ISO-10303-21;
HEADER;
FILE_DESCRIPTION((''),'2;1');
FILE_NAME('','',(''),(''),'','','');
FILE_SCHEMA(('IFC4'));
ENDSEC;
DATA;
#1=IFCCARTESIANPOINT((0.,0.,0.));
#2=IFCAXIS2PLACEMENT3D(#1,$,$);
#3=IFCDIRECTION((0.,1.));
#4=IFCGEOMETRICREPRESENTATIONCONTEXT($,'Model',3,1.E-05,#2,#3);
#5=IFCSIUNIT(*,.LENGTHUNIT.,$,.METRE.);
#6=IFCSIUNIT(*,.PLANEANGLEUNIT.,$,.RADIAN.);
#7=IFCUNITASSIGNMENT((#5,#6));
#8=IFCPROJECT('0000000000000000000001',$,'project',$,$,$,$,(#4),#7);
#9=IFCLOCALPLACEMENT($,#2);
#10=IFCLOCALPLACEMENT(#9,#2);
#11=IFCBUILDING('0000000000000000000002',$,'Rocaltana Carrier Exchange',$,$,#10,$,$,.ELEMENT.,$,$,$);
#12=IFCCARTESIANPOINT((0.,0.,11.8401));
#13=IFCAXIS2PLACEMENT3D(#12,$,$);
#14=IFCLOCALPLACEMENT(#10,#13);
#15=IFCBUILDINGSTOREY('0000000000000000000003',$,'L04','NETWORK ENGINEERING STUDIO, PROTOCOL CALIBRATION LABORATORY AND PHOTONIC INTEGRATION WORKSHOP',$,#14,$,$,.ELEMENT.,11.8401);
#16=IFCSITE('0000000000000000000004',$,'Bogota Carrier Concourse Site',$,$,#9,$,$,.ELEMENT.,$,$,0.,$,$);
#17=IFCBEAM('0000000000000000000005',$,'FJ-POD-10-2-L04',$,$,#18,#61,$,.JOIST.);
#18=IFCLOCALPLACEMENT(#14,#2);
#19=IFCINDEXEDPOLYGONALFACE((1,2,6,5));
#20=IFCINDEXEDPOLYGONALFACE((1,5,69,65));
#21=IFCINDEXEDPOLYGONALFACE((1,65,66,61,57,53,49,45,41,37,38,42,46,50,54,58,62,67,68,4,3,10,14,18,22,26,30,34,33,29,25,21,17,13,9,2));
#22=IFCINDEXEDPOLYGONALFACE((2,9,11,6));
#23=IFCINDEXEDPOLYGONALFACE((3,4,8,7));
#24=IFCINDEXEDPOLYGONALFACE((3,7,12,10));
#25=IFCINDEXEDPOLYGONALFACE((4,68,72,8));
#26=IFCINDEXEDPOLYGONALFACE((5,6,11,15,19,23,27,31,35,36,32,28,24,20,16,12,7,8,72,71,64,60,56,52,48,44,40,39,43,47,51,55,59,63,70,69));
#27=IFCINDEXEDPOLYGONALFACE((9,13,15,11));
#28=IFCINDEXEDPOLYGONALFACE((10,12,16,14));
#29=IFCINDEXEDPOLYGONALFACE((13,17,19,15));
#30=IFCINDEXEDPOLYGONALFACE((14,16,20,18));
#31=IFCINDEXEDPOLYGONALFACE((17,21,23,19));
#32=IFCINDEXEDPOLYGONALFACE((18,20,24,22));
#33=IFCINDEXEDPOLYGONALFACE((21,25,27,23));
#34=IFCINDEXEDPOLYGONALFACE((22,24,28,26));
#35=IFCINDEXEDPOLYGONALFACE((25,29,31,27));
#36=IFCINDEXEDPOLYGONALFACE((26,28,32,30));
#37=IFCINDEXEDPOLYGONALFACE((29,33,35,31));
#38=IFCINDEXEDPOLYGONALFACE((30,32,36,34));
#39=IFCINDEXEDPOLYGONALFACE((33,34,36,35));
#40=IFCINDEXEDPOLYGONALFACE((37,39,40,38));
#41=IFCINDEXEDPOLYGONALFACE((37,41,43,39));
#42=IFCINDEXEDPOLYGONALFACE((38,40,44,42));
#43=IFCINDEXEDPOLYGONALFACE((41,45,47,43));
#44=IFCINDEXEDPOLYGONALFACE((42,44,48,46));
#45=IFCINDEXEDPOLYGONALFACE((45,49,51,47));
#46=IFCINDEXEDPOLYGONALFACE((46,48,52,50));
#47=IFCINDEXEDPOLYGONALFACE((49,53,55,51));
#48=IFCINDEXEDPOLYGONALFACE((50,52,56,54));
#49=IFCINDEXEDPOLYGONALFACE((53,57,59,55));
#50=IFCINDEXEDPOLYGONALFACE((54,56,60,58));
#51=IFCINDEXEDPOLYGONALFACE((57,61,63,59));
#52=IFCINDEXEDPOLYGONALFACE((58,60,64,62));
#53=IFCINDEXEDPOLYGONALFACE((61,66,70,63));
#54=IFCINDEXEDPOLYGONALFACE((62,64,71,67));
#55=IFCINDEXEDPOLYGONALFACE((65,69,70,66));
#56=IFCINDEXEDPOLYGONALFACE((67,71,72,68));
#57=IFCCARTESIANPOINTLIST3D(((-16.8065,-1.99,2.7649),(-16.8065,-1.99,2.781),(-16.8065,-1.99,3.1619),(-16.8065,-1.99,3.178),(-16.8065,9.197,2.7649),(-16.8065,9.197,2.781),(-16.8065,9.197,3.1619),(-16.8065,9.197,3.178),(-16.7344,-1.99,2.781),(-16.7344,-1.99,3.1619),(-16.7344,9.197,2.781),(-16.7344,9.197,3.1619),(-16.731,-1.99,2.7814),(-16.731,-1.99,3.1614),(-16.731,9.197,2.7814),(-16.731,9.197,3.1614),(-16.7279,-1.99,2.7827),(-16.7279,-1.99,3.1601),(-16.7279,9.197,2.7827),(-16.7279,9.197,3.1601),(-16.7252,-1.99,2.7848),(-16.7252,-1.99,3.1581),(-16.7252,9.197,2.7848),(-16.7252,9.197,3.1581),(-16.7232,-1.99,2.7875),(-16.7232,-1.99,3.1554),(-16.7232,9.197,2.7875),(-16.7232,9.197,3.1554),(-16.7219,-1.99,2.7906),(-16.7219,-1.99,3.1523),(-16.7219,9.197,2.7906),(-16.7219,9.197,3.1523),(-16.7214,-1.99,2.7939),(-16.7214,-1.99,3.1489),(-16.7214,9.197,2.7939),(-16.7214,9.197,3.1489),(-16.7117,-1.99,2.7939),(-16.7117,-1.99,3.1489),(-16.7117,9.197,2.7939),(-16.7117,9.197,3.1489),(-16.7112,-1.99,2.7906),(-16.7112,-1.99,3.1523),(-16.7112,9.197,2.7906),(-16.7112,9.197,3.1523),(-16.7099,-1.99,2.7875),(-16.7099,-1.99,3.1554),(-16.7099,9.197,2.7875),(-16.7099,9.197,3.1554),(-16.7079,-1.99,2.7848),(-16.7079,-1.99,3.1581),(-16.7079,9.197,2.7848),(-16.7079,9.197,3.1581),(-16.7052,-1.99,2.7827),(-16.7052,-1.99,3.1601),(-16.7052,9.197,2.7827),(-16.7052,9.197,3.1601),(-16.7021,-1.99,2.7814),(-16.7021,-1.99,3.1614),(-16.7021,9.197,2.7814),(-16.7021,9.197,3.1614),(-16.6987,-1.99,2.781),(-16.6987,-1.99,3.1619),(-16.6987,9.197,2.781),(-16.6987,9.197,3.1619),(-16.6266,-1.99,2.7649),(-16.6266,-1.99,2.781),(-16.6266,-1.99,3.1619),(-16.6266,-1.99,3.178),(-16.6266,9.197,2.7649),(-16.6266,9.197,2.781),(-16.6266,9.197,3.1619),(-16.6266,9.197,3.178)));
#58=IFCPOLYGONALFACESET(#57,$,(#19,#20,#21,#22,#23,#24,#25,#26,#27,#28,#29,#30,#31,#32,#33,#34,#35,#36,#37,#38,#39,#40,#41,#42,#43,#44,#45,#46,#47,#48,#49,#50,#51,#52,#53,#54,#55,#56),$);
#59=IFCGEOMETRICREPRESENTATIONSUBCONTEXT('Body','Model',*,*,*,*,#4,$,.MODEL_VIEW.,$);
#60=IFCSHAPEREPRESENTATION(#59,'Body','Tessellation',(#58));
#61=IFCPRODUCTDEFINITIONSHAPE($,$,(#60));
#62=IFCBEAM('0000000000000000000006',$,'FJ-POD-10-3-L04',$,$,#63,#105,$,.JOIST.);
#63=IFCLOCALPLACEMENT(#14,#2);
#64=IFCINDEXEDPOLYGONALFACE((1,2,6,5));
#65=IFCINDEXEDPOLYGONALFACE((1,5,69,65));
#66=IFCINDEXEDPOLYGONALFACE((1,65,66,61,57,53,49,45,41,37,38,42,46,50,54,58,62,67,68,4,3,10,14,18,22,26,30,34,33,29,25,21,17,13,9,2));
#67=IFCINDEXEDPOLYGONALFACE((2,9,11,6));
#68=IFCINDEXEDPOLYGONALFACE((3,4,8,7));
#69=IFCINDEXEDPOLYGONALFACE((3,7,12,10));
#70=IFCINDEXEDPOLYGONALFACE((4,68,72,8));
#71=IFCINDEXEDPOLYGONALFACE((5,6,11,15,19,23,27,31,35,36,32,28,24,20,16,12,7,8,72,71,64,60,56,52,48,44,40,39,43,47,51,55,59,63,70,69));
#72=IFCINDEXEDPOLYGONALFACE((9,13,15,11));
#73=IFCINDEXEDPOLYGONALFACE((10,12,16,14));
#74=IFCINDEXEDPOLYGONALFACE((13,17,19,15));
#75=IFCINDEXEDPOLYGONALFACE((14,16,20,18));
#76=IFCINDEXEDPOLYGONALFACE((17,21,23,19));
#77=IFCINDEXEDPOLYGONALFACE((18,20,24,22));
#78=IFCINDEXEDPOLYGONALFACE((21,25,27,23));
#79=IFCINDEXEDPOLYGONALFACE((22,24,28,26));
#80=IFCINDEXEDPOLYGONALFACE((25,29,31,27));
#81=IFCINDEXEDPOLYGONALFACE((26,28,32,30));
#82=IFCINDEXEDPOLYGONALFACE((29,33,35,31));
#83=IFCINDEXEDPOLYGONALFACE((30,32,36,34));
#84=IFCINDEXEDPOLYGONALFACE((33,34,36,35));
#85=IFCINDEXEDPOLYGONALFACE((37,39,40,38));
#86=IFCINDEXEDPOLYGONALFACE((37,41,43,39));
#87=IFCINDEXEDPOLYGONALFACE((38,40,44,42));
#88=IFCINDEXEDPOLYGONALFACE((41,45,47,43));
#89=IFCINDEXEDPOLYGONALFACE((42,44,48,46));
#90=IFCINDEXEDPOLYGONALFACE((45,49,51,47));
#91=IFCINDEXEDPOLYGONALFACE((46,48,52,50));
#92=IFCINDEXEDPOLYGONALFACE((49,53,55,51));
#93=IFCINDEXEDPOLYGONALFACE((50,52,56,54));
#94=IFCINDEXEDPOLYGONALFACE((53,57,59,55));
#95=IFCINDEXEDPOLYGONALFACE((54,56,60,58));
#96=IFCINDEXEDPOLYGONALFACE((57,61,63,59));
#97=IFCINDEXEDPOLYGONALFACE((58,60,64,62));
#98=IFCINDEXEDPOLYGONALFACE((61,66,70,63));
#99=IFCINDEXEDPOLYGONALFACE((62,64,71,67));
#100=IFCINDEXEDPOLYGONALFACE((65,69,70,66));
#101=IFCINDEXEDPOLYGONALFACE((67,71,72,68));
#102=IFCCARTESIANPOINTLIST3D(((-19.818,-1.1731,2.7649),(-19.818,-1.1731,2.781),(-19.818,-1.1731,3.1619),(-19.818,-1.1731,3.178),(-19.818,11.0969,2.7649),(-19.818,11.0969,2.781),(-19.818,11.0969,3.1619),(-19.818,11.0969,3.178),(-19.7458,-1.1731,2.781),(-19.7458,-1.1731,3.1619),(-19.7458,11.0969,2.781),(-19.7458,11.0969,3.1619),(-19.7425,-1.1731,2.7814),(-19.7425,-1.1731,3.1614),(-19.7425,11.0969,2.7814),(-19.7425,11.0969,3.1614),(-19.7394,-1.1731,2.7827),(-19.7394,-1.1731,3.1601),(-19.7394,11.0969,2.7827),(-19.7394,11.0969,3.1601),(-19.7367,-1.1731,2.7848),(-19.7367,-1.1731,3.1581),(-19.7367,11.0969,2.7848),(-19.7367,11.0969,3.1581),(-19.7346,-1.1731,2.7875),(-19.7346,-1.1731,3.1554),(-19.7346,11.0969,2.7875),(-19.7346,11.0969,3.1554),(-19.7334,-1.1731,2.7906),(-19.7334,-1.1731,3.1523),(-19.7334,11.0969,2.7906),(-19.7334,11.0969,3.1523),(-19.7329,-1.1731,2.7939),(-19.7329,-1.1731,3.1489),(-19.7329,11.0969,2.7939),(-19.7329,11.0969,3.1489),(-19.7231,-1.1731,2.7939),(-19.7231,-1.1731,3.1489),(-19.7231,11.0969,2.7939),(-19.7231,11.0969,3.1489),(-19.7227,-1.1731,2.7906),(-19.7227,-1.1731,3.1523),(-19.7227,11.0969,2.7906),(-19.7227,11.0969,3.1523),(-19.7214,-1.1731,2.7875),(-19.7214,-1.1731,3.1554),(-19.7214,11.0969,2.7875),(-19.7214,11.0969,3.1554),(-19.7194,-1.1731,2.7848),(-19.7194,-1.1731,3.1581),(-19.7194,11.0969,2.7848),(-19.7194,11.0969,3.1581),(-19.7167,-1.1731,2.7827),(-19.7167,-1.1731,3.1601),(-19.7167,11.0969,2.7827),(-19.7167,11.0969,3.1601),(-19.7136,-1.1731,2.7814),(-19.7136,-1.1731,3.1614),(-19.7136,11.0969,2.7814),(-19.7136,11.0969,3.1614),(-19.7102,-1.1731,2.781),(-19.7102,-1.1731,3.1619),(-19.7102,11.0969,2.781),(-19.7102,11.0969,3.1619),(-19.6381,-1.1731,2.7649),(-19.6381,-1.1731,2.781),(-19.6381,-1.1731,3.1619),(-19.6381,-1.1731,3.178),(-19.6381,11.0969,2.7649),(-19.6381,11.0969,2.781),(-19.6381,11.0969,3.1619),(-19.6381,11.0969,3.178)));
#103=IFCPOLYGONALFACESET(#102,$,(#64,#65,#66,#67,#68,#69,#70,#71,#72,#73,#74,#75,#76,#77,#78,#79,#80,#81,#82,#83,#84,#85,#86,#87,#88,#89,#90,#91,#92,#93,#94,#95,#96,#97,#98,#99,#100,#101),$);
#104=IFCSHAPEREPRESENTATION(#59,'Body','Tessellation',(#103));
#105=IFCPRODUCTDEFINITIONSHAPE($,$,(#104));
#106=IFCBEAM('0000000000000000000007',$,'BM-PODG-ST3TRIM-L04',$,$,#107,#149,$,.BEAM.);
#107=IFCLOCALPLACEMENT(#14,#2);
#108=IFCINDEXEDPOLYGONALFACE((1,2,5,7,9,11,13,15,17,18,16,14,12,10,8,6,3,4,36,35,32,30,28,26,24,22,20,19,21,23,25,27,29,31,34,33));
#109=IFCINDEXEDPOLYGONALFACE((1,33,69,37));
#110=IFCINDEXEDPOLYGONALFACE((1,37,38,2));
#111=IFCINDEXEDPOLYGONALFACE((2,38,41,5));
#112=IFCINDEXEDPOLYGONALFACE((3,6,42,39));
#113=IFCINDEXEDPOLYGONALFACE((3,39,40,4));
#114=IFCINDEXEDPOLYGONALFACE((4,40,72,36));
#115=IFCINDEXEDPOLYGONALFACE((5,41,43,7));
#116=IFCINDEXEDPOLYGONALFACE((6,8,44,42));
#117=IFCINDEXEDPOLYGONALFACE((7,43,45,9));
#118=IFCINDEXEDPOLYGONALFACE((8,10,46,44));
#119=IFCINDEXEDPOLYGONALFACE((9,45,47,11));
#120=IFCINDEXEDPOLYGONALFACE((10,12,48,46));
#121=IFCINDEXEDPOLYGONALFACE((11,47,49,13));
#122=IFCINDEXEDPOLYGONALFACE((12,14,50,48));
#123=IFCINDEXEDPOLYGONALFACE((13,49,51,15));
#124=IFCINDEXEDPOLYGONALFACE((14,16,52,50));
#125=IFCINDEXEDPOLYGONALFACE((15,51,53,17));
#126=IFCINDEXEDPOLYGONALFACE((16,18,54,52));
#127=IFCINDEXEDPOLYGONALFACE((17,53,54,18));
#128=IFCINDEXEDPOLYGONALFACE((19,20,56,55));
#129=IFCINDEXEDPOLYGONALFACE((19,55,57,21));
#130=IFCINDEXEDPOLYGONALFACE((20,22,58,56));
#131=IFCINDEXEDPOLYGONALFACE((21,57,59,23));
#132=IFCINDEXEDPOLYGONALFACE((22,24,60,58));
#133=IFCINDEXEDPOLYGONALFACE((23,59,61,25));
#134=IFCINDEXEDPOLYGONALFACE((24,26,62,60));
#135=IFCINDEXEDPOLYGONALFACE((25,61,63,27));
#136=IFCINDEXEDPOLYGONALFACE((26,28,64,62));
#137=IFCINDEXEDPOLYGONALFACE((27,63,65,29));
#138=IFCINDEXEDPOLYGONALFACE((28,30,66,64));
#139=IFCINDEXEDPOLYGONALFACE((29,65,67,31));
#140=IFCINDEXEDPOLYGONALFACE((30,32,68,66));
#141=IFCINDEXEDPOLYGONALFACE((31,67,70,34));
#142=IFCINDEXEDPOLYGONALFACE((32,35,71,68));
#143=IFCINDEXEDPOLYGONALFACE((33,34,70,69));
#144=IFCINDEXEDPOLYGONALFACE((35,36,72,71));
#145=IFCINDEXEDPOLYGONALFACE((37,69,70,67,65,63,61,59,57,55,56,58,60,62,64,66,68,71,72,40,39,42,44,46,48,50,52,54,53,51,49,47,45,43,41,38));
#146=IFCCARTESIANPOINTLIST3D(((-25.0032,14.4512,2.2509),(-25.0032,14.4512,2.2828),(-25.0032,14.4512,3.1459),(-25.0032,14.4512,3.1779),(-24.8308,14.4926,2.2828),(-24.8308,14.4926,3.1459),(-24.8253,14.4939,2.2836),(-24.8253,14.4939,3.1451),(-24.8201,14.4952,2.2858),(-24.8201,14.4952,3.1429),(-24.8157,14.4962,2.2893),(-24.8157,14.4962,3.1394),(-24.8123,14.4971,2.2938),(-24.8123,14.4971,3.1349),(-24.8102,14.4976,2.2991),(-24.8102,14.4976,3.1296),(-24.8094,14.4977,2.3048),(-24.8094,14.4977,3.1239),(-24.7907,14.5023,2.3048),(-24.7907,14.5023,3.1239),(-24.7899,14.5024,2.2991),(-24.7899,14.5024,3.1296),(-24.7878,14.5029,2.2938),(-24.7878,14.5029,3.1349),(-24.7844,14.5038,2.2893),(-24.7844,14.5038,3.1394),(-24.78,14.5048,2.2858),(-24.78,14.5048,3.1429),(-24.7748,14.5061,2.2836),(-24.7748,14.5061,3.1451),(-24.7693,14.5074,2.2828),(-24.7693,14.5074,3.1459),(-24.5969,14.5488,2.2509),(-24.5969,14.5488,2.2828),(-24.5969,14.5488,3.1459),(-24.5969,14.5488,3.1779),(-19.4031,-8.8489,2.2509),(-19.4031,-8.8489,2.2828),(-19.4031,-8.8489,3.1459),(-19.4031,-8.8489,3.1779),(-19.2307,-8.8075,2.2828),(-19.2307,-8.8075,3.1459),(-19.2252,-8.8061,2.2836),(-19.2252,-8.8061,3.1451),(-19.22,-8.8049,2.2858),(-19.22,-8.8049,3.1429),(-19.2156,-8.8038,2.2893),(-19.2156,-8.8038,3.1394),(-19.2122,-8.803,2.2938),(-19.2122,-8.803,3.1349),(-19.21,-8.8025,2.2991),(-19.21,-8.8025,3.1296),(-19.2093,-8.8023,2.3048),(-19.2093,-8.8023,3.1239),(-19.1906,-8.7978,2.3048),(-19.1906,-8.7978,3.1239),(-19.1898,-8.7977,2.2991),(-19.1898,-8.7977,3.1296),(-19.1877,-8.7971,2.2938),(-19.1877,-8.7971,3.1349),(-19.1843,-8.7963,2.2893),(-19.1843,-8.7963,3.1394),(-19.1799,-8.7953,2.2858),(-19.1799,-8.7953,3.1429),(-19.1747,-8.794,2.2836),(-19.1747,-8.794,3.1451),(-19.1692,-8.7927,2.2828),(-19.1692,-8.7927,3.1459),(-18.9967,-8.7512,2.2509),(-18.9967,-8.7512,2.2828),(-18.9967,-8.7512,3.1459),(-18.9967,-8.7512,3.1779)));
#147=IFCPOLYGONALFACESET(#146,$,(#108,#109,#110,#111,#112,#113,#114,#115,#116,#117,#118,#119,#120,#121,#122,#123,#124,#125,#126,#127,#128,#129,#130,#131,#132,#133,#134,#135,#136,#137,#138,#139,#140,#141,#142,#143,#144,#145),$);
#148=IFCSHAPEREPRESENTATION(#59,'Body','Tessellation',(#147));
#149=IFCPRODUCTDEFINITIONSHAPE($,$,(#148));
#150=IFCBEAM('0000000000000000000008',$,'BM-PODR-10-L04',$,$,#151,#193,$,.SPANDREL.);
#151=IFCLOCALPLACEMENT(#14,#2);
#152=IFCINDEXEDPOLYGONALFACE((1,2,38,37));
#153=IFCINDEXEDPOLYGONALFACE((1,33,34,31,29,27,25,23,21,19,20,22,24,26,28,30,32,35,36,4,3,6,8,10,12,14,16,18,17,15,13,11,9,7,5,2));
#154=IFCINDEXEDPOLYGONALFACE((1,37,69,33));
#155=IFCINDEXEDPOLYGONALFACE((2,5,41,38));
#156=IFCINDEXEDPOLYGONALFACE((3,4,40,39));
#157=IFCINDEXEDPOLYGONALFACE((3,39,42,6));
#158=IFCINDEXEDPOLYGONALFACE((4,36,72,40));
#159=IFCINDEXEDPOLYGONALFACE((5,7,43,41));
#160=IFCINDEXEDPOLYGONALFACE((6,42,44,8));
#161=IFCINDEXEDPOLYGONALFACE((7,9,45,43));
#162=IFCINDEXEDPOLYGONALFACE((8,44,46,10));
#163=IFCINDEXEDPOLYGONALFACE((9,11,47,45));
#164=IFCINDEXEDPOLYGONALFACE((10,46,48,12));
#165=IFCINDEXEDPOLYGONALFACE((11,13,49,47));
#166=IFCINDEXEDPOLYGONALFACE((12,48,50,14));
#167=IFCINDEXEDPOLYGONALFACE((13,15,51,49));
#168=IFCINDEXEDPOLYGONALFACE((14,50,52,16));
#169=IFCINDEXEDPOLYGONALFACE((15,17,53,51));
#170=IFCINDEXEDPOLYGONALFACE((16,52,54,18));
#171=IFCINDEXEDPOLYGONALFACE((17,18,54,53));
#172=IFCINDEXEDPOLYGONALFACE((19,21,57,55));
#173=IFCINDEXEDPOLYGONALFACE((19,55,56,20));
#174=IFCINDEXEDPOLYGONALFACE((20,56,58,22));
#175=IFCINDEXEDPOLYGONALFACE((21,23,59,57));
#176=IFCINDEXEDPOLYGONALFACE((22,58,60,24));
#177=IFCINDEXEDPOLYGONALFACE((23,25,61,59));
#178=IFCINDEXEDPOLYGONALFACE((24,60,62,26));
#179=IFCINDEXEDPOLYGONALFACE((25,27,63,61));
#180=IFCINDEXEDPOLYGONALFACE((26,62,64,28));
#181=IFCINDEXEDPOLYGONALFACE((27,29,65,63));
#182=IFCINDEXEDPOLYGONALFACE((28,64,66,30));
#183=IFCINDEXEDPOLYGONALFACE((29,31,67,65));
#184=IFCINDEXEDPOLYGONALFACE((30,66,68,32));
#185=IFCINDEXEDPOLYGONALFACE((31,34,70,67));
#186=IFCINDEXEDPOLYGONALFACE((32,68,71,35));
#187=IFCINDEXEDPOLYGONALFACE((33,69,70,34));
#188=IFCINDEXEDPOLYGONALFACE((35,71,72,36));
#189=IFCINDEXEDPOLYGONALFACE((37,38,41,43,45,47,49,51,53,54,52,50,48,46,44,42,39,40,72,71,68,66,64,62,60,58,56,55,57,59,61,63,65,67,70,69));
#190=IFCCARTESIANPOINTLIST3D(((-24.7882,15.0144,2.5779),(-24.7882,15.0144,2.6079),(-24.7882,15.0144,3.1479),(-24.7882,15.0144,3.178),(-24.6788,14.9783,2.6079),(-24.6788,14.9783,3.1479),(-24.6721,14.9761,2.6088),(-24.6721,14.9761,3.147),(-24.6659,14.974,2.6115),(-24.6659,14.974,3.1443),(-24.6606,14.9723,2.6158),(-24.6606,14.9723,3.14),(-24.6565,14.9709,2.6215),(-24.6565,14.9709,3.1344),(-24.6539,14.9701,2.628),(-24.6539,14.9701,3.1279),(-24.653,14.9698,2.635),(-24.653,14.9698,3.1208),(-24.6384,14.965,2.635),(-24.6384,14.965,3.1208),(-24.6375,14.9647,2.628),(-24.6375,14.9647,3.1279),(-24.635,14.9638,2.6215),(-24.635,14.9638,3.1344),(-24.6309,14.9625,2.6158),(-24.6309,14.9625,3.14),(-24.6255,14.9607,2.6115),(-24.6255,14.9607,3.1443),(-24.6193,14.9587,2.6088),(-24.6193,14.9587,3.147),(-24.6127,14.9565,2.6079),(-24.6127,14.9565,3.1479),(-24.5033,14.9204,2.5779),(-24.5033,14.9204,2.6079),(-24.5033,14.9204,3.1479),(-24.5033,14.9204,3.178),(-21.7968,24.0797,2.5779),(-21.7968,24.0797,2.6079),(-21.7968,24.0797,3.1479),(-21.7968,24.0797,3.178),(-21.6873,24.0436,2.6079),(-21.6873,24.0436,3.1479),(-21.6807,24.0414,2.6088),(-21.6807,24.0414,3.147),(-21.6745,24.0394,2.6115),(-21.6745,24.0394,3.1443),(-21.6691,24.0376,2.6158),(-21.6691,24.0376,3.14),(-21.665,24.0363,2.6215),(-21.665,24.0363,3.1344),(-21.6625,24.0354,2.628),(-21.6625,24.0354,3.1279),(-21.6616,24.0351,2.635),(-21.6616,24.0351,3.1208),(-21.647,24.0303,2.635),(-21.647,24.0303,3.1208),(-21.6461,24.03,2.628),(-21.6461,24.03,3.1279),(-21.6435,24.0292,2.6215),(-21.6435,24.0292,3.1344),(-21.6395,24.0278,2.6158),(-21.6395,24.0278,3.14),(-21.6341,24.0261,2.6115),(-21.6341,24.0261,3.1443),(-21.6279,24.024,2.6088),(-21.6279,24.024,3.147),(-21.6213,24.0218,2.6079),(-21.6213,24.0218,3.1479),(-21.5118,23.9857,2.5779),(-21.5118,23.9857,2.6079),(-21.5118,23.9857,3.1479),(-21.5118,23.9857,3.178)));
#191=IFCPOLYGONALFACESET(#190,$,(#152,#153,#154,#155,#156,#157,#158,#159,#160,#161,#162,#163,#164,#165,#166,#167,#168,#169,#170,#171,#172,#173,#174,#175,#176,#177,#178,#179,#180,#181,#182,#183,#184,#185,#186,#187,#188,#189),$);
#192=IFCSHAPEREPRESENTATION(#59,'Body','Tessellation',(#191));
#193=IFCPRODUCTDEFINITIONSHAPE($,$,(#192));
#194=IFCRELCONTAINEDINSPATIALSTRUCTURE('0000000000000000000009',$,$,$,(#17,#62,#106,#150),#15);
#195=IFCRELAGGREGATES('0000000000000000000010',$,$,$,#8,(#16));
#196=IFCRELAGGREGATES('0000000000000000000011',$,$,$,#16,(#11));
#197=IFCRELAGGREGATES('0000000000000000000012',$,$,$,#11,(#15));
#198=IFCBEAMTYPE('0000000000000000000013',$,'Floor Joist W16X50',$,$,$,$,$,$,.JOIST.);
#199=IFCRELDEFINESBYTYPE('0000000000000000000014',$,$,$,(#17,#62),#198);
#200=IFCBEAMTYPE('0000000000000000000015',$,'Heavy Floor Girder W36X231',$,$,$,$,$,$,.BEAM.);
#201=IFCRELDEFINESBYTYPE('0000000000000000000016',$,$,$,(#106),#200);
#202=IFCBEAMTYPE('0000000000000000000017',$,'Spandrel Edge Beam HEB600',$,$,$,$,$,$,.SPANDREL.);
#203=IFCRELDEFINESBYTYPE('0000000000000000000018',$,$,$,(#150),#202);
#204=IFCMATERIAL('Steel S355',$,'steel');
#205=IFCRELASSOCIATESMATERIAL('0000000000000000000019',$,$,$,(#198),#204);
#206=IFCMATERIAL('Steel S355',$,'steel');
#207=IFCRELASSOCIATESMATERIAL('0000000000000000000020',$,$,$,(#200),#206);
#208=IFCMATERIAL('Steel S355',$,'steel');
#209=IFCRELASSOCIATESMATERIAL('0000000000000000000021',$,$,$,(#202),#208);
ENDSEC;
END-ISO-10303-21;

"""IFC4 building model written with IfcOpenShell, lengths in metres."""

from ifc_helpers import new_model, si_unit, direction, frame, origin, origin_2d, place, context, subcontext, project, spatial, i_section, extrude, material, material_profile, profile_set, type_object, element, save


model = new_model("IFC4")

# Units and contexts
model_context = context("Model", 3, precision=1e-05, world=origin(), true_north=direction((0.0, 1.0)))
body_context = subcontext(model_context, "Body", "Model", "MODEL_VIEW")
ifc_project = project(units=[si_unit("LENGTHUNIT", "METRE"), si_unit("PLANEANGLEUNIT", "RADIAN")], contexts=[model_context])

# Site, building, storey
site_placement = place(None, origin())
site = spatial("IfcSite", under=ifc_project, at=site_placement, Name="Bogota Carrier Concourse Site", CompositionType="ELEMENT", RefElevation=0.0)
building_placement = place(site_placement, origin())
building = spatial("IfcBuilding", under=site, at=building_placement, Name="Rocaltana Carrier Exchange", CompositionType="ELEMENT")
storey_placement = place(building_placement, frame((0.0, 0.0, 11.8401)))
storey = spatial("IfcBuildingStorey", under=building, at=storey_placement, Name="L04", Description="NETWORK ENGINEERING STUDIO, PROTOCOL CALIBRATION LABORATORY AND PHOTONIC INTEGRATION WORKSHOP", CompositionType="ELEMENT", Elevation=11.8401)

# Beams
ifc_material_1 = material(Name="Steel S355", Category="steel")
ifc_material_profile_1 = material_profile(ifc_material_1, i_section(OverallWidth=0.1799, OverallDepth=0.4131, WebThickness=0.0098, FlangeThickness=0.0161, FilletRadius=0.0129, at=origin_2d()), Name="W16X50")
ifc_profile_set_1 = profile_set([ifc_material_profile_1], Name="Steel S355")
beam_type_1 = type_object("IfcBeamType", Name="Floor Joist W16X50", PredefinedType="JOIST", material=ifc_profile_set_1)
beam_1_placement = place(storey_placement, frame((-16.7166, 9.197, 2.9714), z_axis=(0.0, -1.0, 0.0), x_axis=(1.0, 0.0, 0.0)))
element("IfcBeam", 1, at=beam_1_placement, inside=storey, type_object=beam_type_1, Name="FJ-POD-10-2-L04", PredefinedType="JOIST", context=body_context, shape_type="SweptSolid", body=[
    extrude(i_section(OverallWidth=0.1799, OverallDepth=0.4131, WebThickness=0.0098, FlangeThickness=0.0161, FilletRadius=0.0129, at=origin_2d()), origin(), (0.0, 0.0, 1.0), 11.187),
])
beam_2_placement = place(storey_placement, frame((-19.728, 11.0969, 2.9714), z_axis=(0.0, -1.0, 0.0), x_axis=(1.0, 0.0, 0.0)))
element("IfcBeam", 2, at=beam_2_placement, inside=storey, type_object=beam_type_1, Name="FJ-POD-10-3-L04", PredefinedType="JOIST", context=body_context, shape_type="SweptSolid", body=[
    extrude(i_section(OverallWidth=0.1799, OverallDepth=0.4131, WebThickness=0.0098, FlangeThickness=0.0161, FilletRadius=0.0129, at=origin_2d()), origin(), (0.0, 0.0, 1.0), 12.27),
])
ifc_material_2 = material(Name="Steel S355", Category="steel")
ifc_material_profile_2 = material_profile(ifc_material_2, i_section(OverallWidth=0.418, OverallDepth=0.927, WebThickness=0.0193, FlangeThickness=0.032, FilletRadius=0.022, at=origin_2d()), Name="W36X231")
ifc_profile_set_2 = profile_set([ifc_material_profile_2], Name="Steel S355")
beam_type_2 = type_object("IfcBeamType", Name="Heavy Floor Girder W36X231", PredefinedType="BEAM", material=ifc_profile_set_2)
beam_3_placement = place(storey_placement, frame((-24.8, 14.5, 2.7144), z_axis=(0.233692, -0.972311, 0.0), x_axis=(0.972311, 0.233692, 0.0)))
element("IfcBeam", 3, at=beam_3_placement, inside=storey, type_object=beam_type_2, Name="BM-PODG-ST3TRIM-L04", PredefinedType="BEAM", context=body_context, shape_type="SweptSolid", body=[
    extrude(i_section(OverallWidth=0.418, OverallDepth=0.927, WebThickness=0.0193, FlangeThickness=0.032, FilletRadius=0.022, at=origin_2d()), origin(), (0.0, 0.0, 1.0), 23.9636),
])
ifc_material_3 = material(Name="Steel S355", Category="steel")
ifc_material_profile_3 = material_profile(ifc_material_3, i_section(OverallWidth=0.3, OverallDepth=0.6001, WebThickness=0.0154, FlangeThickness=0.03, FilletRadius=0.0271, at=origin_2d()), Name="HEB600")
ifc_profile_set_3 = profile_set([ifc_material_profile_3], Name="Steel S355")
beam_type_3 = type_object("IfcBeamType", Name="Spandrel Edge Beam HEB600", PredefinedType="SPANDREL", material=ifc_profile_set_3)
beam_4_placement = place(storey_placement, frame((-21.6543, 24.0327, 2.8779), z_axis=(-0.313365, -0.949633, 0.0), x_axis=(0.949633, -0.313365, 0.0)))
element("IfcBeam", 4, at=beam_4_placement, inside=storey, type_object=beam_type_3, Name="BM-PODR-10-L04", PredefinedType="SPANDREL", context=body_context, shape_type="SweptSolid", body=[
    extrude(i_section(OverallWidth=0.3, OverallDepth=0.6001, WebThickness=0.0154, FlangeThickness=0.03, FilletRadius=0.0271, at=origin_2d()), origin(), (0.0, 0.0, 1.0), 9.5461),
])

save(model, "model.ifc")
